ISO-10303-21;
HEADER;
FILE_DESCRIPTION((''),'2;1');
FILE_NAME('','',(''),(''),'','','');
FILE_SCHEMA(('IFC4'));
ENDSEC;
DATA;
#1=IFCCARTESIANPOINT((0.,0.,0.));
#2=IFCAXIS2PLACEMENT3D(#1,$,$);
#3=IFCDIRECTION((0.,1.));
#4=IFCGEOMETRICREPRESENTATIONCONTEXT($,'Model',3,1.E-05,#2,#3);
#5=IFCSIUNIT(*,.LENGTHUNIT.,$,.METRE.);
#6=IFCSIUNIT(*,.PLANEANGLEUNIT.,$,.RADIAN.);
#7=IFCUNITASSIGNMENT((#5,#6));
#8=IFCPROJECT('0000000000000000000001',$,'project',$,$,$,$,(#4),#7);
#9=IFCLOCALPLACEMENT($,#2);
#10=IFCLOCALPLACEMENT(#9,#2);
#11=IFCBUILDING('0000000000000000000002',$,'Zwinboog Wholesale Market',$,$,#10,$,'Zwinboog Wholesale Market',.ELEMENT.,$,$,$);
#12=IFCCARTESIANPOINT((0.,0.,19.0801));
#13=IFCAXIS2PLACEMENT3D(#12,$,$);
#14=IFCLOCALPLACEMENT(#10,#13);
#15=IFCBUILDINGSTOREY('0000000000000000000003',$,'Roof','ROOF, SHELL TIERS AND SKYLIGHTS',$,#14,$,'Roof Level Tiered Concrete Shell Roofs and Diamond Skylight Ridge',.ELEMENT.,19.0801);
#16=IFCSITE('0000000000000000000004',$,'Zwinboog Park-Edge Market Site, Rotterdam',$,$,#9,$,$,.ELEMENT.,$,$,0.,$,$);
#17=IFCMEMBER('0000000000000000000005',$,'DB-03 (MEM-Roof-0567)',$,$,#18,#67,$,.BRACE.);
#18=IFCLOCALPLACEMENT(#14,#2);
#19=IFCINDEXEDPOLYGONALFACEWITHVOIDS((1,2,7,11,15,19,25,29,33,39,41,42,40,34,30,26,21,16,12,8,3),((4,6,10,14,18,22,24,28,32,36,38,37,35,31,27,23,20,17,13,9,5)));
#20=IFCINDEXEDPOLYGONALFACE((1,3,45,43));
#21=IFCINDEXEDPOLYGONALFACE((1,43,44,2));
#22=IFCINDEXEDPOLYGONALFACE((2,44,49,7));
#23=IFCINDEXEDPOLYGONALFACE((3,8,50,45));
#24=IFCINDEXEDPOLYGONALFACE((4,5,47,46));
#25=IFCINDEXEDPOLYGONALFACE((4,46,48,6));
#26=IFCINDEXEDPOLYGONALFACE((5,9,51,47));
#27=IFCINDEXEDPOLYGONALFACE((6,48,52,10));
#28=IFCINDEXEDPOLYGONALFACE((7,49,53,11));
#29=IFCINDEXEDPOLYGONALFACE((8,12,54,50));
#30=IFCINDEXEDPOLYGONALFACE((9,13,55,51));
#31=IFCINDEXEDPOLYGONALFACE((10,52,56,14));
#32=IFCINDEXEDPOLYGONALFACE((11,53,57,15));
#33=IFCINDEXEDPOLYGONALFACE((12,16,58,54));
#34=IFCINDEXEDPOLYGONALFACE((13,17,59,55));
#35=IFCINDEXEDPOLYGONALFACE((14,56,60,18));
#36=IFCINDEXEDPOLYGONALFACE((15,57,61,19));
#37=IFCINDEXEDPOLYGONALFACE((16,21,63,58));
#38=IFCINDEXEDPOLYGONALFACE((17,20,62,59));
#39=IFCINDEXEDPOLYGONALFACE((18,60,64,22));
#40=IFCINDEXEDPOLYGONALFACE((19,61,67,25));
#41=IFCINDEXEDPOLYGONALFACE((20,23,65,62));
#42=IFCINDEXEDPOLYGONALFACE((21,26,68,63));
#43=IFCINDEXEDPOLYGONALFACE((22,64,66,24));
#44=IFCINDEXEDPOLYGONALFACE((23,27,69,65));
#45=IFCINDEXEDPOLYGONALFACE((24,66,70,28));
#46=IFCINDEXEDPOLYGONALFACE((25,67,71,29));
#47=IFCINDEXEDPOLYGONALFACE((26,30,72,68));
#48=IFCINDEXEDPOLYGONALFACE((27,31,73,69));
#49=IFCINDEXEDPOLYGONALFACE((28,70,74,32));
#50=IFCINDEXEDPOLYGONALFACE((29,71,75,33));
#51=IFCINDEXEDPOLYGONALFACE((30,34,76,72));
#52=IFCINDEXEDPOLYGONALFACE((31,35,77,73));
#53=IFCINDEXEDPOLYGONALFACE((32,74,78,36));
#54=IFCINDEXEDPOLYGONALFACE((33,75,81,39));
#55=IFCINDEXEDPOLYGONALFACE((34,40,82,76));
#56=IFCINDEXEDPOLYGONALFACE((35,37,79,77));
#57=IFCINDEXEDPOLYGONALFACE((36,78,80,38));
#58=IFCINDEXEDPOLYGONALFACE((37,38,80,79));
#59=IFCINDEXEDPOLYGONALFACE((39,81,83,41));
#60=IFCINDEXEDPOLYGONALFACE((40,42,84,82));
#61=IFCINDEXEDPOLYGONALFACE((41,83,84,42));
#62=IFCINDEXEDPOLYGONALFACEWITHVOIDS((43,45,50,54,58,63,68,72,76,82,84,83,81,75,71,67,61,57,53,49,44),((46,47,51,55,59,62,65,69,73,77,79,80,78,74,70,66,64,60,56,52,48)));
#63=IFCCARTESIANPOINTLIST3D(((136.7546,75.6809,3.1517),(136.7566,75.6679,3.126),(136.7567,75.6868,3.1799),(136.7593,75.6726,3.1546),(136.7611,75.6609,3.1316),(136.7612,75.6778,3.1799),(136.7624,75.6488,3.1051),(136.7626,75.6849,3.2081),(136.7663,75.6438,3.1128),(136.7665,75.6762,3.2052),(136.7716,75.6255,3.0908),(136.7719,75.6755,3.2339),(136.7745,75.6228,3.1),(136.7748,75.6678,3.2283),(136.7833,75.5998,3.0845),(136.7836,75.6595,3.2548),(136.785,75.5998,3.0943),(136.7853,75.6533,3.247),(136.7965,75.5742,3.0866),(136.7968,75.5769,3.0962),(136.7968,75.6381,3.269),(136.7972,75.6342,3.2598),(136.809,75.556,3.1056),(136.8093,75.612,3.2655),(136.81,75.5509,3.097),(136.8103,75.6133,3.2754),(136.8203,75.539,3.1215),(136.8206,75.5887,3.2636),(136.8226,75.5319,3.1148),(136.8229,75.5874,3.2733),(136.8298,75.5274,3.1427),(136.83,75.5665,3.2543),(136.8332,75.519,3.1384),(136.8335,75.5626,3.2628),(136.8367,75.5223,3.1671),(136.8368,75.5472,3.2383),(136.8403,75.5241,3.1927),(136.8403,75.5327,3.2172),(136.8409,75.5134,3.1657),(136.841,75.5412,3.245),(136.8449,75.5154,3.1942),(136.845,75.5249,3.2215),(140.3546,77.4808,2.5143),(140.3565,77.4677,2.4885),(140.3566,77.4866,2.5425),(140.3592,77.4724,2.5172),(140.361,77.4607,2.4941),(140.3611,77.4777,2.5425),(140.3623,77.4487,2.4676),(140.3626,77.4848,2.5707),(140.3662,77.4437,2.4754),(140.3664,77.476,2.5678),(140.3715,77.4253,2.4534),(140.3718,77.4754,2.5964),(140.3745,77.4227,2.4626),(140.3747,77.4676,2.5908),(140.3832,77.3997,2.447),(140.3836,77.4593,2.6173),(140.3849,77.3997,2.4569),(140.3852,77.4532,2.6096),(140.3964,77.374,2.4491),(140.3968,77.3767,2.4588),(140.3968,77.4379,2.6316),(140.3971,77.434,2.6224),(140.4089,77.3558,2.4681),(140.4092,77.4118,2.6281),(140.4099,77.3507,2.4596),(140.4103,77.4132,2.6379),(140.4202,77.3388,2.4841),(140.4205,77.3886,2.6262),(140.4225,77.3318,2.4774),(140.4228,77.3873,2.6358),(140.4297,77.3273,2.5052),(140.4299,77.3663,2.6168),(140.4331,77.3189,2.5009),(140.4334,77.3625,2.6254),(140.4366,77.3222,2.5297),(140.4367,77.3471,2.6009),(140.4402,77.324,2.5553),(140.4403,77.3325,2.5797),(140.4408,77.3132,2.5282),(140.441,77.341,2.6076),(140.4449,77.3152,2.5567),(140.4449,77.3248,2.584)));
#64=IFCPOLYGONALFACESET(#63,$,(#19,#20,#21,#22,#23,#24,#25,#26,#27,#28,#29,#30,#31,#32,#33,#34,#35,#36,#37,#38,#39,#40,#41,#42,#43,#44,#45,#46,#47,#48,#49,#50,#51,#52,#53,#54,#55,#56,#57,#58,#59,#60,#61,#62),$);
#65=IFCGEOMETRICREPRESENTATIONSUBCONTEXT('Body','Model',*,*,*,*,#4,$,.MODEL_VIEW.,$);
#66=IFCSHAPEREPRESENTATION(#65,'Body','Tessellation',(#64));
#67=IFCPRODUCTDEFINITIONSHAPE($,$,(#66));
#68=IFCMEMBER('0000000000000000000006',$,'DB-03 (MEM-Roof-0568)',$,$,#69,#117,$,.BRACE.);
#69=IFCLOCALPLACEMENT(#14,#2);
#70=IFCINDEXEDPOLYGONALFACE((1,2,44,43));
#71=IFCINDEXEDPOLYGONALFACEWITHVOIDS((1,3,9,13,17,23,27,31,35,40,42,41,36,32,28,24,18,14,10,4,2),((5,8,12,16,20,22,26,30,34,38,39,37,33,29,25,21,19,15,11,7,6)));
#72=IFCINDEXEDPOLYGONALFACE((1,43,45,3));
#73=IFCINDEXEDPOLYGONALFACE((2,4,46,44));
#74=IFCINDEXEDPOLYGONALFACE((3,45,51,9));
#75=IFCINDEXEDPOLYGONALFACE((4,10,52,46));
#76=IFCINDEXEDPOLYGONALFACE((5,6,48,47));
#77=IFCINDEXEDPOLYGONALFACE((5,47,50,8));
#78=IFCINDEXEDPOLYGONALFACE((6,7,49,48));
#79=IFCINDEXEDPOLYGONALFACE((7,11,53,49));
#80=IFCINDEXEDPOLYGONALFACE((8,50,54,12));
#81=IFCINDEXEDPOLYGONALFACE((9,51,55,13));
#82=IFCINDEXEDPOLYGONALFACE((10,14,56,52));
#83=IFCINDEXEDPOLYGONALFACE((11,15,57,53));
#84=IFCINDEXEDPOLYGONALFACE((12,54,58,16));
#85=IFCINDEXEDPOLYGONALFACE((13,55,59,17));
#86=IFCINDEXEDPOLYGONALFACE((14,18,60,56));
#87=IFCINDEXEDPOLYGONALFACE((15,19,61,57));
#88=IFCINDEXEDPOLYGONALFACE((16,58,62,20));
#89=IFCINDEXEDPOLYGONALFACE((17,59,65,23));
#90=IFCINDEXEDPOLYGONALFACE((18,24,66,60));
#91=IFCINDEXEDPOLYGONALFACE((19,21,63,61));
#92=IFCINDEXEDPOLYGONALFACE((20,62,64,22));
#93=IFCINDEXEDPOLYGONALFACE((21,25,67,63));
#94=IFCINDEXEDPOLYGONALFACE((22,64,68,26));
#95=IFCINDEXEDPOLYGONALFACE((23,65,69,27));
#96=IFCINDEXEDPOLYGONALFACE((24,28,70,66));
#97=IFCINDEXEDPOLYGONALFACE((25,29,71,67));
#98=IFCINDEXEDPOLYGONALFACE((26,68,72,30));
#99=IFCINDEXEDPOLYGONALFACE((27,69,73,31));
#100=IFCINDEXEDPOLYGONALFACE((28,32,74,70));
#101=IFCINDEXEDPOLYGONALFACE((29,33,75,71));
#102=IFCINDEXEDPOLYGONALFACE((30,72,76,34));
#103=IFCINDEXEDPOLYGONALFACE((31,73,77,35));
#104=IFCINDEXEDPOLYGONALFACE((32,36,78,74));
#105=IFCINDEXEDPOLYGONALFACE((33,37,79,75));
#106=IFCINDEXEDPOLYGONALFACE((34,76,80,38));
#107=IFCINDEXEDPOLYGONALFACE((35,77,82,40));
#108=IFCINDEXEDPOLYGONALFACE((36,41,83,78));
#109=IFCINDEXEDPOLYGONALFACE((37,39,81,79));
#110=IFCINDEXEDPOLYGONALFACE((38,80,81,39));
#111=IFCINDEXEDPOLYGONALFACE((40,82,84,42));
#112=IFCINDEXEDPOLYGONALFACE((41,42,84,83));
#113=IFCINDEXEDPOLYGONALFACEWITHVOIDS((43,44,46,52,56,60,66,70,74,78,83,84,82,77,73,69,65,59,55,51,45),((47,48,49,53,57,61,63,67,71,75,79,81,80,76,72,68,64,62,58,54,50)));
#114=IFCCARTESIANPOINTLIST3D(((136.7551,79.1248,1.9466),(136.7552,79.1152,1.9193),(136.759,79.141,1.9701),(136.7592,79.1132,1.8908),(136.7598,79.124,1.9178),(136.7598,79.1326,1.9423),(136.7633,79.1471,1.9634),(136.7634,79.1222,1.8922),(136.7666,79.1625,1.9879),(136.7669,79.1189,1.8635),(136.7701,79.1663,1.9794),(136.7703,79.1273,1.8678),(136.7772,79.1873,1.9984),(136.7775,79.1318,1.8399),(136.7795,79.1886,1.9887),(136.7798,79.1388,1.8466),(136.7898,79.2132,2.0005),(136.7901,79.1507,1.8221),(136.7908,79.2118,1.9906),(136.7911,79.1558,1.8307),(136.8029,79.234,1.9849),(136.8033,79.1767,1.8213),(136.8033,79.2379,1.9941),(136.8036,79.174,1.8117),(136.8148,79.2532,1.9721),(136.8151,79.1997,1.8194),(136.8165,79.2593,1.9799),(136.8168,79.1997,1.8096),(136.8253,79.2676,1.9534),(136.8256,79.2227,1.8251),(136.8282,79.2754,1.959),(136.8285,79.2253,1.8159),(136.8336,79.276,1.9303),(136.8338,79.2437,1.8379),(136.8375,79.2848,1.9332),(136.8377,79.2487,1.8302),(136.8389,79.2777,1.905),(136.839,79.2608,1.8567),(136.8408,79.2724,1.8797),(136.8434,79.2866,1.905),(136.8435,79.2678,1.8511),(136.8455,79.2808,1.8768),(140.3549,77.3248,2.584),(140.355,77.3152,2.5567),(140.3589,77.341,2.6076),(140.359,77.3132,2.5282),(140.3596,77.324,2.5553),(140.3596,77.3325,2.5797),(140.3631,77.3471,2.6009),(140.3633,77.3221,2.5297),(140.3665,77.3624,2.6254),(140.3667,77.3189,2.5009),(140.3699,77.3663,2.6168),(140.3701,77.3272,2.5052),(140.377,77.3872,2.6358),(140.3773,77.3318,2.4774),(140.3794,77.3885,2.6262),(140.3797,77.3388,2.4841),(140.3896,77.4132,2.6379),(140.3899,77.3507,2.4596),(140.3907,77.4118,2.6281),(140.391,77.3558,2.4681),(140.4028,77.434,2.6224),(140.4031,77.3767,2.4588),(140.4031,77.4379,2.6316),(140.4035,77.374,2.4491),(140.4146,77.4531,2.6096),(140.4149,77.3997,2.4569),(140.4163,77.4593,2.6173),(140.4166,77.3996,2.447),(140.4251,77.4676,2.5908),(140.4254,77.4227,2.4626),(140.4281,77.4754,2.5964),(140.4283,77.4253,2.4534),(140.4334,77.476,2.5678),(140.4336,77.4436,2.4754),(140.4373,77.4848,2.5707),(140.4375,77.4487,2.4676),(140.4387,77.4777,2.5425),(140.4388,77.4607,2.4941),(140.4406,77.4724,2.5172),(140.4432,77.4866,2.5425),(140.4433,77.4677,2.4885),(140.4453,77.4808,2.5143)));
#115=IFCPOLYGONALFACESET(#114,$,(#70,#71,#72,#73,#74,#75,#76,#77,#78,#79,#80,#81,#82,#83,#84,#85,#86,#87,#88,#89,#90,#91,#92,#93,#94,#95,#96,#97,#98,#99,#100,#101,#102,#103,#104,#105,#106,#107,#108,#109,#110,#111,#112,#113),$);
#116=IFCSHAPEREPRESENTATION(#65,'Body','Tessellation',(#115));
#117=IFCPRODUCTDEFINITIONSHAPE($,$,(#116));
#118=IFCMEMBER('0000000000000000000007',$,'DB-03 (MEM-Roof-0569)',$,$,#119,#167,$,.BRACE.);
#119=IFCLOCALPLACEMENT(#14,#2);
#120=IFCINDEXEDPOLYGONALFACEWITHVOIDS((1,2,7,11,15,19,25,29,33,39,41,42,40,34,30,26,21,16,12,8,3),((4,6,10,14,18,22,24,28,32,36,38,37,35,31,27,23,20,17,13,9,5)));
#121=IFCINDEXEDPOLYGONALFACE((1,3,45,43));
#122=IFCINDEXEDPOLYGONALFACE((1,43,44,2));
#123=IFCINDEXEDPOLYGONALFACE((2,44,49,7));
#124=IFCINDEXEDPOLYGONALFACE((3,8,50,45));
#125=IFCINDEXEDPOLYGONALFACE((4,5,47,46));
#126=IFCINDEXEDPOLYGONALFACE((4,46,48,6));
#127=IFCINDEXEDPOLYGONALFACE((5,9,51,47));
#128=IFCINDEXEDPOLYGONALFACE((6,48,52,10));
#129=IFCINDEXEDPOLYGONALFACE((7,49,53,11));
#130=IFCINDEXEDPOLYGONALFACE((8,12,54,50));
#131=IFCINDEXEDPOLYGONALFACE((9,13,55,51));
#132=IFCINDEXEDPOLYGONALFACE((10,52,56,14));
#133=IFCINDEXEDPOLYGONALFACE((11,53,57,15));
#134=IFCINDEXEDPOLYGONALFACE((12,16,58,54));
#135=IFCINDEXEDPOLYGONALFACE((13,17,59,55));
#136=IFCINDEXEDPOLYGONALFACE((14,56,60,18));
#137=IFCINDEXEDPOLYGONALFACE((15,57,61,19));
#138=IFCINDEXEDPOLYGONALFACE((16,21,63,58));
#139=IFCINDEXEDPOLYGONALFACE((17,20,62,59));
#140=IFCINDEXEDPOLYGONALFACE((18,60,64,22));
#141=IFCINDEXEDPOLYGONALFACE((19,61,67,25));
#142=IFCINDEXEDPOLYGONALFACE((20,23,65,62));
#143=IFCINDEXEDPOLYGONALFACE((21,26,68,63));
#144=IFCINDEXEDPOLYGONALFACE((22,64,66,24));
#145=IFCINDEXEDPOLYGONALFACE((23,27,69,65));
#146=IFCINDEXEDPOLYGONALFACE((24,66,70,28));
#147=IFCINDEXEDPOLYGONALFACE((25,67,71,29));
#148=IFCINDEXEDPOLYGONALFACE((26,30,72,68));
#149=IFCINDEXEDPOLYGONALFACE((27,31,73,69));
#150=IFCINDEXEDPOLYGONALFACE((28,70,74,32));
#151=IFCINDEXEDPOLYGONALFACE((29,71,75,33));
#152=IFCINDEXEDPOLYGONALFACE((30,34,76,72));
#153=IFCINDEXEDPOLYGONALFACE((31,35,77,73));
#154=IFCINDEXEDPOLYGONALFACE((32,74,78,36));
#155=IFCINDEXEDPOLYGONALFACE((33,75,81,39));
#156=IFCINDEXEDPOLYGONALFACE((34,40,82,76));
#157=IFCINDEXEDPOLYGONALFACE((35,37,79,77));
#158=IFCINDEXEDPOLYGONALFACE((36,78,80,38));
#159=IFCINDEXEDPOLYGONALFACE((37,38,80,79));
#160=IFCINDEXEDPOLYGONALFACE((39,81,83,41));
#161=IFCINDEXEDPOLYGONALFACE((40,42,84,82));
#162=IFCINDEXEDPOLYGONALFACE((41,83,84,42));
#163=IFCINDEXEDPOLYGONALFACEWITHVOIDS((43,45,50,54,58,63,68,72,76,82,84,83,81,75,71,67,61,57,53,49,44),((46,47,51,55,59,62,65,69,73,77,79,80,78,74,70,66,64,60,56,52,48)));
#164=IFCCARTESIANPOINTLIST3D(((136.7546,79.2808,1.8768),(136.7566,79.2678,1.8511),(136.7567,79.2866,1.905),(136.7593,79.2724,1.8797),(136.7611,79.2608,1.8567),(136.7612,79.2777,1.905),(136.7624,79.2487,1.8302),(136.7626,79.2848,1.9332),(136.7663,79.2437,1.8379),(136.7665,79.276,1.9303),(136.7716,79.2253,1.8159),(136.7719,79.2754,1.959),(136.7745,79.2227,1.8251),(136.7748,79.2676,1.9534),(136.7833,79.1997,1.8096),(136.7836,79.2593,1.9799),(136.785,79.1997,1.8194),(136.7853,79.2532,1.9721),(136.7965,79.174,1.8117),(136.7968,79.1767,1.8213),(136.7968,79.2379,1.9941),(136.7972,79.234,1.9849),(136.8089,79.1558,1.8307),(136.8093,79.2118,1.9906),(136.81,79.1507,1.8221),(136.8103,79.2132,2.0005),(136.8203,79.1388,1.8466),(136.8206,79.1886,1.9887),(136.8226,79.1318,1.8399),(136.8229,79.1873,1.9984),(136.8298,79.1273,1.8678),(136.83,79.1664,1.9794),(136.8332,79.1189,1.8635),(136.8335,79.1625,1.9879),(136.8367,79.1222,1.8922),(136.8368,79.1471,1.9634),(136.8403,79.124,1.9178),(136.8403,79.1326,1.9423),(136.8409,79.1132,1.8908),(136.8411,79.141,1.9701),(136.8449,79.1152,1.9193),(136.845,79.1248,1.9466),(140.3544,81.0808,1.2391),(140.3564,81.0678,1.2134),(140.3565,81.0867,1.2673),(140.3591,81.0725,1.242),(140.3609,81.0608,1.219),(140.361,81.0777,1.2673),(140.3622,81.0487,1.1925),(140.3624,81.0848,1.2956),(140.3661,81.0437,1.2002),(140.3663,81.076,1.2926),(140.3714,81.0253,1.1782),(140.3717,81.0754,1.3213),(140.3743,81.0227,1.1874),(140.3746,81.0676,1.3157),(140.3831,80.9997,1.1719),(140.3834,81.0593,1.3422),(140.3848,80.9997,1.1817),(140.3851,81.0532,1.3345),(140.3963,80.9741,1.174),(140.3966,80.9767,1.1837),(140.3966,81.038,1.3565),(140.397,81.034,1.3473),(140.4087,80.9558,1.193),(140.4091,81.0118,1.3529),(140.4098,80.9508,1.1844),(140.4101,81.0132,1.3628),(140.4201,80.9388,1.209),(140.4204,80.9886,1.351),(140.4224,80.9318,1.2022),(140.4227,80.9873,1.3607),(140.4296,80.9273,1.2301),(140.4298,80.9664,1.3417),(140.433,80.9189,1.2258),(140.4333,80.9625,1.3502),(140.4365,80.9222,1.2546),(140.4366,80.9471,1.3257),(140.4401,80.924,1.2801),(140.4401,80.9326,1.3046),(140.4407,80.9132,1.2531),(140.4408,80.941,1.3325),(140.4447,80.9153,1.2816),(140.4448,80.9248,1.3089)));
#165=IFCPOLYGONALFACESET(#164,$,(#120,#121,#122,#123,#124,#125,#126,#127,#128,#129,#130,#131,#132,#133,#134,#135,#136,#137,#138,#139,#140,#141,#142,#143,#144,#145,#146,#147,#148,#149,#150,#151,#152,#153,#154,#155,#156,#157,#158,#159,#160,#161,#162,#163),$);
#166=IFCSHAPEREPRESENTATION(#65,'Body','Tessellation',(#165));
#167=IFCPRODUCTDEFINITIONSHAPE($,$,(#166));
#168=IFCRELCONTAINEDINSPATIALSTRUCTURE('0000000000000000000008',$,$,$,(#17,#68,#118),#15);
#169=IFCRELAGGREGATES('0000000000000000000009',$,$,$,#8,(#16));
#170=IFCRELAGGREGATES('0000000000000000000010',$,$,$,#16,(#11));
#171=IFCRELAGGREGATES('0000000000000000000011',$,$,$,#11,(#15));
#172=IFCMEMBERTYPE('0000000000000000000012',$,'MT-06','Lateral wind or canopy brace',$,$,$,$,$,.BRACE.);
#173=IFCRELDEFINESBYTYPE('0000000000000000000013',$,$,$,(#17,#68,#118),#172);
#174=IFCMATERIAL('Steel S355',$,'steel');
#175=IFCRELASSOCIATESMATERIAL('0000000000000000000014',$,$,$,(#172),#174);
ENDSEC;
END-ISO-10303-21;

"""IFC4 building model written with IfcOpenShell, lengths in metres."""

from ifc_helpers import new_model, si_unit, direction, frame, origin, origin_2d, place, context, subcontext, project, spatial, hollow_circle, extrude, material, material_profile, profile_set, type_object, element, save


model = new_model("IFC4")

# Units and contexts
model_context = context("Model", 3, precision=1e-05, world=origin(), true_north=direction((0.0, 1.0)))
body_context = subcontext(model_context, "Body", "Model", "MODEL_VIEW")
ifc_project = project(units=[si_unit("LENGTHUNIT", "METRE"), si_unit("PLANEANGLEUNIT", "RADIAN")], contexts=[model_context])

# Site, building, storey
site_placement = place(None, origin())
site = spatial("IfcSite", under=ifc_project, at=site_placement, Name="Zwinboog Park-Edge Market Site, Rotterdam", CompositionType="ELEMENT", RefElevation=0.0)
building_placement = place(site_placement, origin())
building = spatial("IfcBuilding", under=site, at=building_placement, Name="Zwinboog Wholesale Market", LongName="Zwinboog Wholesale Market", CompositionType="ELEMENT")
storey_placement = place(building_placement, frame((0.0, 0.0, 19.0801)))
storey = spatial("IfcBuildingStorey", under=building, at=storey_placement, Name="Roof", Description="ROOF, SHELL TIERS AND SKYLIGHTS", LongName="Roof Level Tiered Concrete Shell Roofs and Diamond Skylight Ridge", CompositionType="ELEMENT", Elevation=19.0801)

# Members
ifc_material_1 = material(Name="Steel S355", Category="steel")
ifc_material_profile_1 = material_profile(ifc_material_1, hollow_circle(Radius=0.0969, WallThickness=0.01, at=origin_2d()), Name="CHS 193.7x10")
ifc_profile_set_1 = profile_set([ifc_material_profile_1], Name="Steel S355")
member_type_1 = type_object("IfcMemberType", Name="MT-06", Description="Lateral wind or canopy brace", PredefinedType="BRACE", material=ifc_profile_set_1)
for number, where, z_axis, x_axis, name in (
    (1, (136.8, 75.6001, 3.1799), (0.883427, 0.441684, -0.156435), (-0.447189, 0.894439, 0.0), "DB-03 (MEM-Roof-0567)"),
    (2, (136.8, 79.2, 1.905), (0.883404, -0.441732, 0.15643), (0.447238, 0.894415, 0.0), "DB-03 (MEM-Roof-0568)"),
    (3, (136.8, 79.2, 1.905), (0.883396, 0.441728, -0.156489), (-0.447238, 0.894415, 0.0), "DB-03 (MEM-Roof-0569)"),
):
    element("IfcMember", number, at=place(storey_placement, frame(where, z_axis=z_axis, x_axis=x_axis)), inside=storey, type_object=member_type_1, Name=name, PredefinedType="BRACE", context=body_context, shape_type="SweptSolid", body=[
        extrude(hollow_circle(Radius=0.0969, WallThickness=0.01, at=origin_2d()), origin(), (0.0, 0.0, 1.0), 4.075),
    ])

save(model, "model.ifc")
